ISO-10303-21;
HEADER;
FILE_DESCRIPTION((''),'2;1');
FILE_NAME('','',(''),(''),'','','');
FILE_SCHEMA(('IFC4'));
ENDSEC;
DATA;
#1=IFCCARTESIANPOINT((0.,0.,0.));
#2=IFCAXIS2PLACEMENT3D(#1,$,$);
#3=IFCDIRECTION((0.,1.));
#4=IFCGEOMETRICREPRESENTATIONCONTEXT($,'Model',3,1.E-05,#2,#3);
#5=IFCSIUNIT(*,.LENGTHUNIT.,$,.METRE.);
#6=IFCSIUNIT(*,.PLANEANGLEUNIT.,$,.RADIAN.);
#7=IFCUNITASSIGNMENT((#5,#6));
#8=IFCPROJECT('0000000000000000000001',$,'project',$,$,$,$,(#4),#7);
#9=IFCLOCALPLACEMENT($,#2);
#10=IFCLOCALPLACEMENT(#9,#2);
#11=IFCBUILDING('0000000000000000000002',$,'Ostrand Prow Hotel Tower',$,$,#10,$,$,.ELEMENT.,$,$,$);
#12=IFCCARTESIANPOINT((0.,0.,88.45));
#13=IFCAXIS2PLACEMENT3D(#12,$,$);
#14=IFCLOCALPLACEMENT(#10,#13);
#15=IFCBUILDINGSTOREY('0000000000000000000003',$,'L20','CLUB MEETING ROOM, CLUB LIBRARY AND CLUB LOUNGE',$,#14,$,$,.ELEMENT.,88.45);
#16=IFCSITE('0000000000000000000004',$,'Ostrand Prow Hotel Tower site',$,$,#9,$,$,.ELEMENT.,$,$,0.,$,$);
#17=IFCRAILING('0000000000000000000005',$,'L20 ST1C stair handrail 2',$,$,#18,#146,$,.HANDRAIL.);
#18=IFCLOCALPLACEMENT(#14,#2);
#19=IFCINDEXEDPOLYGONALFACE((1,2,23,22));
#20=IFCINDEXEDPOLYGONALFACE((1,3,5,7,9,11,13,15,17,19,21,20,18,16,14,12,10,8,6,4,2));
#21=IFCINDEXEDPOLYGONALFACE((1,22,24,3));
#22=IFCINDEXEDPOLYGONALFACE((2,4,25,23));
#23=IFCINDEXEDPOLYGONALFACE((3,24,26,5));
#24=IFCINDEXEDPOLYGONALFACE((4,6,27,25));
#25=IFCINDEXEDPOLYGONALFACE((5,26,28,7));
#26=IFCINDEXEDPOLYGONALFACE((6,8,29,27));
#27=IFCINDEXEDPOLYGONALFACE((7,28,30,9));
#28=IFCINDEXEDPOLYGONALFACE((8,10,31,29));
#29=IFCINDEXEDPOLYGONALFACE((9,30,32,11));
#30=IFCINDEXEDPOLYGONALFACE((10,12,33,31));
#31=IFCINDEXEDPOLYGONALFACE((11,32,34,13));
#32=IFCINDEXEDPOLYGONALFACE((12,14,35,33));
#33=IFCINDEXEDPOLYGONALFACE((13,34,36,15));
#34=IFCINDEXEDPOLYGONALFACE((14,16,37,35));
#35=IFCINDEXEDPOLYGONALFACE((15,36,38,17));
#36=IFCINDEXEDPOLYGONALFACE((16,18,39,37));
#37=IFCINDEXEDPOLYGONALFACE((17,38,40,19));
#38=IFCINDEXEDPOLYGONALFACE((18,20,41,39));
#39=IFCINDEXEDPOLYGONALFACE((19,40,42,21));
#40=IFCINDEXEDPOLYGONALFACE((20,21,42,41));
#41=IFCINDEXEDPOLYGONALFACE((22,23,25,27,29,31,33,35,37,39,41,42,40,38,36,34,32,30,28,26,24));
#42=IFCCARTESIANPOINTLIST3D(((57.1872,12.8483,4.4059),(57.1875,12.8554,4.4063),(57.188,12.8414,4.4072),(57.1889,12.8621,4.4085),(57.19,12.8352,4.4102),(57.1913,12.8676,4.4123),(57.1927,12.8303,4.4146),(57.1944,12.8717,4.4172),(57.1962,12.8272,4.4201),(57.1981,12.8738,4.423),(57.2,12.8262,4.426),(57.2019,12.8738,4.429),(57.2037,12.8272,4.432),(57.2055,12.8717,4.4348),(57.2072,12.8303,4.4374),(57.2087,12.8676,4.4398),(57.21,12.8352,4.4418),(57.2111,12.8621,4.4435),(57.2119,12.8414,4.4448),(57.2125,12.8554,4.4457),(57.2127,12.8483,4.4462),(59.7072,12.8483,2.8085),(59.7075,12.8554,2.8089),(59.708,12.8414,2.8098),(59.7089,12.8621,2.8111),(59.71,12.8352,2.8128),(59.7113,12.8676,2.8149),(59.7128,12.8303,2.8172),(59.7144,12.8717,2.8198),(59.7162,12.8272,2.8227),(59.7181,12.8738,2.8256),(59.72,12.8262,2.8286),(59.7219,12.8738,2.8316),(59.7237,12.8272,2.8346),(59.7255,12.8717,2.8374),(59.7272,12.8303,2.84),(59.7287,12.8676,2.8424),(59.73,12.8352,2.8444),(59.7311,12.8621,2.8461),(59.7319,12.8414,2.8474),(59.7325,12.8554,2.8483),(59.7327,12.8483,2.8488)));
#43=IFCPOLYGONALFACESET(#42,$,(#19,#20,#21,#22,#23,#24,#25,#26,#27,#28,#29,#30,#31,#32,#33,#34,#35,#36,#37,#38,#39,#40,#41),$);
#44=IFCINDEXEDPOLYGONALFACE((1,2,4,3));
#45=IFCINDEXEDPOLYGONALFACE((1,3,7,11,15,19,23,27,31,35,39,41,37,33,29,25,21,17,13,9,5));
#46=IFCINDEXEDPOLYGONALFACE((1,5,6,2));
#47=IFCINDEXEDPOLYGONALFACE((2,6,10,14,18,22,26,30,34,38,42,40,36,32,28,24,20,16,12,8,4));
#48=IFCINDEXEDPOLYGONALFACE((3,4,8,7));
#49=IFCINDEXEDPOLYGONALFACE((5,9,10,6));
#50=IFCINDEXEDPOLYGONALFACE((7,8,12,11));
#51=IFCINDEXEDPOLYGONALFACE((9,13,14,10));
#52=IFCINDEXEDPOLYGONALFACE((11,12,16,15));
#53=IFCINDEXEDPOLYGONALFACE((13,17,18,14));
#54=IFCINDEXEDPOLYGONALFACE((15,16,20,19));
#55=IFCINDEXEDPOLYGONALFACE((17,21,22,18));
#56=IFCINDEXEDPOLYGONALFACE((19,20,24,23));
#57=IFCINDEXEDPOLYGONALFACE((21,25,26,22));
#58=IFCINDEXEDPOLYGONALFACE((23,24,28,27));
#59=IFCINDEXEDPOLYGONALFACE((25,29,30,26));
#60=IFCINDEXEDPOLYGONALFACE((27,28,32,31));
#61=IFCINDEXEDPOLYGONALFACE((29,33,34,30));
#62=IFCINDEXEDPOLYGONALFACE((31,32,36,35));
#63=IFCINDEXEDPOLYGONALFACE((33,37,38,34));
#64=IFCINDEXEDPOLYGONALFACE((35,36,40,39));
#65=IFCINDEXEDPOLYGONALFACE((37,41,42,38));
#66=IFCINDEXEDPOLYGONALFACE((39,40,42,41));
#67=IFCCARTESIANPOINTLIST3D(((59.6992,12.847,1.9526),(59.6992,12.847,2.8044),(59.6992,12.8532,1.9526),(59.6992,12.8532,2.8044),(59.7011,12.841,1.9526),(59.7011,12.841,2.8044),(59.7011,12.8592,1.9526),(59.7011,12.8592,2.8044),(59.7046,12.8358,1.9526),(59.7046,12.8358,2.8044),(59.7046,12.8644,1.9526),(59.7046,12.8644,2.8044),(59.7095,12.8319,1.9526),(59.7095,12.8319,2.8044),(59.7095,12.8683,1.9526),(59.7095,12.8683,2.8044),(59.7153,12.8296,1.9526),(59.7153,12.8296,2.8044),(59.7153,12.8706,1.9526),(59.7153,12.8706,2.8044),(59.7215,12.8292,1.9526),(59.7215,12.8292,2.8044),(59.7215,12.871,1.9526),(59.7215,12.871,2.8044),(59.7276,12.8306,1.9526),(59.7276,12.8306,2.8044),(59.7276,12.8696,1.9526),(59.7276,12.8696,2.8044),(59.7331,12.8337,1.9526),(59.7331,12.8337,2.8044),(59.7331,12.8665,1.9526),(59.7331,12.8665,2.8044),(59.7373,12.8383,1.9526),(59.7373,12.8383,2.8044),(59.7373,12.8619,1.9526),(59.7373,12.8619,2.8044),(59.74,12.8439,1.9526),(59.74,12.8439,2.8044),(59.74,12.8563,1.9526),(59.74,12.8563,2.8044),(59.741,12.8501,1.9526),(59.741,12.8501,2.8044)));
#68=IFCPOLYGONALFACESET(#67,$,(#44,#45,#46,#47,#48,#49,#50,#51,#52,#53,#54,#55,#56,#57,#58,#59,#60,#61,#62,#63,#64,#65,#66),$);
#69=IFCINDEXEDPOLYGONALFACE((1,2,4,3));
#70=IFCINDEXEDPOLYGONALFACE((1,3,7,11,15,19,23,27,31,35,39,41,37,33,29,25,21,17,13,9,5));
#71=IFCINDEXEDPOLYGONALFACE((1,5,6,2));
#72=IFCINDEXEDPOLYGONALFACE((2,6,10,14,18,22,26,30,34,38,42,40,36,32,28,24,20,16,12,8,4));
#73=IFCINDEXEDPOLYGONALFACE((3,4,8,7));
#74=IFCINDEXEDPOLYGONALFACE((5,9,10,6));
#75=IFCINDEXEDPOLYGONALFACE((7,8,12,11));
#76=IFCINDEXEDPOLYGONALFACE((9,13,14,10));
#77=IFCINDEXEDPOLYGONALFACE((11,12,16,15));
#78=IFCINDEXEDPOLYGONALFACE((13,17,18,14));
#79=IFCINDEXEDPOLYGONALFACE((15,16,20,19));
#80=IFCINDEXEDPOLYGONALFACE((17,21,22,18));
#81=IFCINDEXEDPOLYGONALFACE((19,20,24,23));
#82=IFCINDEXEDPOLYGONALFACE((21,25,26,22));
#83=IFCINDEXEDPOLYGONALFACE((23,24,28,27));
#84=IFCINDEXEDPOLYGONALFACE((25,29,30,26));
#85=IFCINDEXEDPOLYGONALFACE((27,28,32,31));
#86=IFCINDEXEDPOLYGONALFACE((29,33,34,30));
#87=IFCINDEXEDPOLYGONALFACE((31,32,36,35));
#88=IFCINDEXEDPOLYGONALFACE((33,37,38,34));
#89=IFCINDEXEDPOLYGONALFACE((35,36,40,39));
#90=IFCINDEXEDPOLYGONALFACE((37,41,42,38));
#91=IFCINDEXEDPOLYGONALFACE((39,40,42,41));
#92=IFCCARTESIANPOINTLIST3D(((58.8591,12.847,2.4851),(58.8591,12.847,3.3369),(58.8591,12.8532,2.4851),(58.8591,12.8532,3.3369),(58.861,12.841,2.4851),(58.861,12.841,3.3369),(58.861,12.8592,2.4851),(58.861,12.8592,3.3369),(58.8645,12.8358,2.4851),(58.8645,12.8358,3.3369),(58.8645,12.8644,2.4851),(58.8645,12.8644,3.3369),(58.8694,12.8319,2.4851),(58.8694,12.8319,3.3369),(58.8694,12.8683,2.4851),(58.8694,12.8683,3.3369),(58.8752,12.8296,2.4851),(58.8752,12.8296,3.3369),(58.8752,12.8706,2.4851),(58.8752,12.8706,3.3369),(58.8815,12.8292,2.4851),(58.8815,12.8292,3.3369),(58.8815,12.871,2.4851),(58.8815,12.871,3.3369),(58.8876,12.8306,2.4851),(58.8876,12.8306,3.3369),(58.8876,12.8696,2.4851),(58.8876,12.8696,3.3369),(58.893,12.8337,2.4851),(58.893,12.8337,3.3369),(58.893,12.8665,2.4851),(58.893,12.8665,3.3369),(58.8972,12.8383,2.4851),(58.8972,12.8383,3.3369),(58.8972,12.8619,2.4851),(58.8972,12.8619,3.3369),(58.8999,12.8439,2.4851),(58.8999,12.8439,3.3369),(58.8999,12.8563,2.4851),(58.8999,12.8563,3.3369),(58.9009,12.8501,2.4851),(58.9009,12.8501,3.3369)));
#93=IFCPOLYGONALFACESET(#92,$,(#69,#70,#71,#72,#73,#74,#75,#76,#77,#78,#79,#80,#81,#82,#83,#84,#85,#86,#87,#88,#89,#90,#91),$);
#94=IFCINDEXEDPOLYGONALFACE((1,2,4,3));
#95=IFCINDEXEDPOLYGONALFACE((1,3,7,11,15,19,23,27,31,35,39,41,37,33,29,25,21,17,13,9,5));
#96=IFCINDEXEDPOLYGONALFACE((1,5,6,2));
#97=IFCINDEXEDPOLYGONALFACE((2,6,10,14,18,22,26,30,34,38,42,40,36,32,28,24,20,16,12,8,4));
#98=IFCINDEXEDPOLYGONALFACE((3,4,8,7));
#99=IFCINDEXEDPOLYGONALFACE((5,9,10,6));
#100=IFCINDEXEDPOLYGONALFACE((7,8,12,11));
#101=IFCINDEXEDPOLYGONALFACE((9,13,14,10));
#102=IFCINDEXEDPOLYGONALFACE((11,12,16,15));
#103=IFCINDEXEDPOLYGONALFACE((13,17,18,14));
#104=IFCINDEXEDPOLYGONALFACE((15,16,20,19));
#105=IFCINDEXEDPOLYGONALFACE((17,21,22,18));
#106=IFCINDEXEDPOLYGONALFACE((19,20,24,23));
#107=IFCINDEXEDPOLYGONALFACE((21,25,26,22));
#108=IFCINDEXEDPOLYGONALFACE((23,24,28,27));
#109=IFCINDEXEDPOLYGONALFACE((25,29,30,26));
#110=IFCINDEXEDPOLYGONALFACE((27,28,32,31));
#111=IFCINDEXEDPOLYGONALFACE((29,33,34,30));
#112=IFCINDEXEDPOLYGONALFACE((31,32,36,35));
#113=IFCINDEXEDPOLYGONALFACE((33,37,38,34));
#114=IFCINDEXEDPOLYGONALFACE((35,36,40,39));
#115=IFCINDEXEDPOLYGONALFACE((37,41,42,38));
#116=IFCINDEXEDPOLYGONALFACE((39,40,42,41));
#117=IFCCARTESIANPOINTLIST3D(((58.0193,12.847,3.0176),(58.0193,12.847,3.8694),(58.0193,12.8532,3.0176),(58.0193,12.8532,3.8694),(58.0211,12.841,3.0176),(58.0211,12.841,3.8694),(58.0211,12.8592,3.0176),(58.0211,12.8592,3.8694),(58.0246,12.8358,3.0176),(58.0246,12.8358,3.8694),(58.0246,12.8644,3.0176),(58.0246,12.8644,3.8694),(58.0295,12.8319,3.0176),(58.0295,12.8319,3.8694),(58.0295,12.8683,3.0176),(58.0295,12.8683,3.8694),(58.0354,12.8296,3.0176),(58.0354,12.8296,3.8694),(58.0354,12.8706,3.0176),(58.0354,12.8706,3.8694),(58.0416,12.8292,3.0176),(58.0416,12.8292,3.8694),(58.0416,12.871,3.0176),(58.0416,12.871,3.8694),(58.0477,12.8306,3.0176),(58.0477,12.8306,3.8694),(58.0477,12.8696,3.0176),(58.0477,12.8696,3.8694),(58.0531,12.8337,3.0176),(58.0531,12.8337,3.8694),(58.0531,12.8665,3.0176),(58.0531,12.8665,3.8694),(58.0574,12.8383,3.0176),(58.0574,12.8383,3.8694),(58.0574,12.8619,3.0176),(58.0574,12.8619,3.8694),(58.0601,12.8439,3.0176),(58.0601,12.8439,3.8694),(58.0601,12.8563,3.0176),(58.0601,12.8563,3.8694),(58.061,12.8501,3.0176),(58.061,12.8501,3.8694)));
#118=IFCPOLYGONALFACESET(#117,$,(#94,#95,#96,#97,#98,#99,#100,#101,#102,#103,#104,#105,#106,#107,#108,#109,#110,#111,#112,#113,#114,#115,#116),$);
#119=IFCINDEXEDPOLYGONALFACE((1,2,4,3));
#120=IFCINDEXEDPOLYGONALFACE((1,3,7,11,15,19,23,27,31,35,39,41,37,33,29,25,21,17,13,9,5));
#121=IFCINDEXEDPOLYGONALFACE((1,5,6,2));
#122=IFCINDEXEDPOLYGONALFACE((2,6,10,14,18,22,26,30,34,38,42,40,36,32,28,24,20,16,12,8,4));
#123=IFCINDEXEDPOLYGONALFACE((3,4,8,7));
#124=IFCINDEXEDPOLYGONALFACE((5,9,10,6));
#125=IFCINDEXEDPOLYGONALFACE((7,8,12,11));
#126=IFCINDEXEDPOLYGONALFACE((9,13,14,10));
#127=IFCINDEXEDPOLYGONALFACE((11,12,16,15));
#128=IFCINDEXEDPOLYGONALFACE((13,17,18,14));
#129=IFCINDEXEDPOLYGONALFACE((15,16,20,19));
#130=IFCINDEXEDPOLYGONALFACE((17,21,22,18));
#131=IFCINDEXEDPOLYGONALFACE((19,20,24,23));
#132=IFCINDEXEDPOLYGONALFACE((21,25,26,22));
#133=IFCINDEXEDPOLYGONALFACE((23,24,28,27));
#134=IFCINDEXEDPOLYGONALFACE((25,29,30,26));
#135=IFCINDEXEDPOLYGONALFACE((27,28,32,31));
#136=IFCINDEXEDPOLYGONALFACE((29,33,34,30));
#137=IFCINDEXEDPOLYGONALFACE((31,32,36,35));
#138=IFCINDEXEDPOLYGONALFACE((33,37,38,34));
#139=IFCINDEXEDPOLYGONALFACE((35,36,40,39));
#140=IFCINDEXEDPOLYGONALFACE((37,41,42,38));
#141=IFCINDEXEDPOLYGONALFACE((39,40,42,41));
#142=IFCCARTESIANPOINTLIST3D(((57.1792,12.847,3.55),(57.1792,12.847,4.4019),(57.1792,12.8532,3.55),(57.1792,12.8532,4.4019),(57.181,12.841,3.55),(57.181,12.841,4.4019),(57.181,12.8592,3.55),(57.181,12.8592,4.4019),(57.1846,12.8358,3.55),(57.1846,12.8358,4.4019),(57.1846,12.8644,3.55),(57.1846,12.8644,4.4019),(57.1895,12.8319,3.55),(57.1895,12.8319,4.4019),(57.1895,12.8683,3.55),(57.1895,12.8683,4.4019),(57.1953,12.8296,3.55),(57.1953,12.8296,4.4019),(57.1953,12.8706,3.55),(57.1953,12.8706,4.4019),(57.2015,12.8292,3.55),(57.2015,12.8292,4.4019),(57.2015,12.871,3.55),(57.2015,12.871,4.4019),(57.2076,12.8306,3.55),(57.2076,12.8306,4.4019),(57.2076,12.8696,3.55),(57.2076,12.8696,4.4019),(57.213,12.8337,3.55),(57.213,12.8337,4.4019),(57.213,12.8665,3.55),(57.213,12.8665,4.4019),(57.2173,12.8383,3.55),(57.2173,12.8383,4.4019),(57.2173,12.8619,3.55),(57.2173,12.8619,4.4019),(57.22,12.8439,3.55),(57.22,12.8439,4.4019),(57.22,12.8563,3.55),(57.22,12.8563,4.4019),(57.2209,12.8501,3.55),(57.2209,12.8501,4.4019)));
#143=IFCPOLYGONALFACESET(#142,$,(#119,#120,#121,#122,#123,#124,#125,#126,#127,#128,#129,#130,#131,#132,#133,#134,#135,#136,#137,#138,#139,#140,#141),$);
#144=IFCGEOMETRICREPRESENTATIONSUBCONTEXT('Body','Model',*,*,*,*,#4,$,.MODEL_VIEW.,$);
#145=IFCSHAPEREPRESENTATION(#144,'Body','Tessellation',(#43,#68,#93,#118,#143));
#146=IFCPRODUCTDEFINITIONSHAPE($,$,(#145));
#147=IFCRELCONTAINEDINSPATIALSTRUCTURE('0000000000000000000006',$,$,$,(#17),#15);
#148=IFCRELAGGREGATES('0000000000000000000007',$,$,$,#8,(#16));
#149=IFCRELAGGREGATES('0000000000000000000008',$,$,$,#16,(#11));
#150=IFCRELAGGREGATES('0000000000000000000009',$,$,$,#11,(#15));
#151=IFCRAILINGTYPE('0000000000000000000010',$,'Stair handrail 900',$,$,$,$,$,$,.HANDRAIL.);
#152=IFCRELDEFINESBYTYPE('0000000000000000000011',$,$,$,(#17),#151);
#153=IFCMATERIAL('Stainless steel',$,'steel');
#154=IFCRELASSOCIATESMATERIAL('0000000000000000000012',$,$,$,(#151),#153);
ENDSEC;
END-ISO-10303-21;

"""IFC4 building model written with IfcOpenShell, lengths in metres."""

from ifc_helpers import new_model, si_unit, direction, frame, origin, origin_2d, place, context, subcontext, project, spatial, circle, extrude, material, type_object, element, save


model = new_model("IFC4")

# Units and contexts
model_context = context("Model", 3, precision=1e-05, world=origin(), true_north=direction((0.0, 1.0)))
body_context = subcontext(model_context, "Body", "Model", "MODEL_VIEW")
ifc_project = project(units=[si_unit("LENGTHUNIT", "METRE"), si_unit("PLANEANGLEUNIT", "RADIAN")], contexts=[model_context])

# Site, building, storey
site_placement = place(None, origin())
site = spatial("IfcSite", under=ifc_project, at=site_placement, Name="Ostrand Prow Hotel Tower site", CompositionType="ELEMENT", RefElevation=0.0)
building_placement = place(site_placement, origin())
building = spatial("IfcBuilding", under=site, at=building_placement, Name="Ostrand Prow Hotel Tower", CompositionType="ELEMENT")
storey_placement = place(building_placement, frame((0.0, 0.0, 88.45)))
storey = spatial("IfcBuildingStorey", under=building, at=storey_placement, Name="L20", Description="CLUB MEETING ROOM, CLUB LIBRARY AND CLUB LOUNGE", CompositionType="ELEMENT", Elevation=88.45)

# Railing
ifc_material_1 = material(Name="Stainless steel", Category="steel")
railing_type_1 = type_object("IfcRailingType", Name="Stair handrail 900", PredefinedType="HANDRAIL", material=ifc_material_1)
railing_1_placement = place(storey_placement, frame((59.72, 12.8501, 1.9526)))
element("IfcRailing", 1, at=railing_1_placement, inside=storey, type_object=railing_type_1, Name="L20 ST1C stair handrail 2", PredefinedType="HANDRAIL", context=body_context, shape_type="SweptSolid", body=[
    extrude(circle(Radius=0.0239, at=origin_2d()), frame((0.0, 0.0, 0.876), z_axis=(-0.844607, 0.0, 0.535387), x_axis=(0.0, -1.0, 0.0)), (0.0, 0.0, 1.0), 2.9836),
    extrude(circle(Radius=0.021, at=origin_2d()), origin(), (0.0, 0.0, 1.0), 0.8518),
    extrude(circle(Radius=0.021, at=origin_2d()), frame((-0.8401, 0.0, 0.5325)), (0.0, 0.0, 1.0), 0.8518),
    extrude(circle(Radius=0.021, at=origin_2d()), frame((-1.6799, 0.0, 1.0649)), (0.0, 0.0, 1.0), 0.8518),
    extrude(circle(Radius=0.021, at=origin_2d()), frame((-2.52, 0.0, 1.5974)), (0.0, 0.0, 1.0), 0.8518),
])

save(model, "model.ifc")
